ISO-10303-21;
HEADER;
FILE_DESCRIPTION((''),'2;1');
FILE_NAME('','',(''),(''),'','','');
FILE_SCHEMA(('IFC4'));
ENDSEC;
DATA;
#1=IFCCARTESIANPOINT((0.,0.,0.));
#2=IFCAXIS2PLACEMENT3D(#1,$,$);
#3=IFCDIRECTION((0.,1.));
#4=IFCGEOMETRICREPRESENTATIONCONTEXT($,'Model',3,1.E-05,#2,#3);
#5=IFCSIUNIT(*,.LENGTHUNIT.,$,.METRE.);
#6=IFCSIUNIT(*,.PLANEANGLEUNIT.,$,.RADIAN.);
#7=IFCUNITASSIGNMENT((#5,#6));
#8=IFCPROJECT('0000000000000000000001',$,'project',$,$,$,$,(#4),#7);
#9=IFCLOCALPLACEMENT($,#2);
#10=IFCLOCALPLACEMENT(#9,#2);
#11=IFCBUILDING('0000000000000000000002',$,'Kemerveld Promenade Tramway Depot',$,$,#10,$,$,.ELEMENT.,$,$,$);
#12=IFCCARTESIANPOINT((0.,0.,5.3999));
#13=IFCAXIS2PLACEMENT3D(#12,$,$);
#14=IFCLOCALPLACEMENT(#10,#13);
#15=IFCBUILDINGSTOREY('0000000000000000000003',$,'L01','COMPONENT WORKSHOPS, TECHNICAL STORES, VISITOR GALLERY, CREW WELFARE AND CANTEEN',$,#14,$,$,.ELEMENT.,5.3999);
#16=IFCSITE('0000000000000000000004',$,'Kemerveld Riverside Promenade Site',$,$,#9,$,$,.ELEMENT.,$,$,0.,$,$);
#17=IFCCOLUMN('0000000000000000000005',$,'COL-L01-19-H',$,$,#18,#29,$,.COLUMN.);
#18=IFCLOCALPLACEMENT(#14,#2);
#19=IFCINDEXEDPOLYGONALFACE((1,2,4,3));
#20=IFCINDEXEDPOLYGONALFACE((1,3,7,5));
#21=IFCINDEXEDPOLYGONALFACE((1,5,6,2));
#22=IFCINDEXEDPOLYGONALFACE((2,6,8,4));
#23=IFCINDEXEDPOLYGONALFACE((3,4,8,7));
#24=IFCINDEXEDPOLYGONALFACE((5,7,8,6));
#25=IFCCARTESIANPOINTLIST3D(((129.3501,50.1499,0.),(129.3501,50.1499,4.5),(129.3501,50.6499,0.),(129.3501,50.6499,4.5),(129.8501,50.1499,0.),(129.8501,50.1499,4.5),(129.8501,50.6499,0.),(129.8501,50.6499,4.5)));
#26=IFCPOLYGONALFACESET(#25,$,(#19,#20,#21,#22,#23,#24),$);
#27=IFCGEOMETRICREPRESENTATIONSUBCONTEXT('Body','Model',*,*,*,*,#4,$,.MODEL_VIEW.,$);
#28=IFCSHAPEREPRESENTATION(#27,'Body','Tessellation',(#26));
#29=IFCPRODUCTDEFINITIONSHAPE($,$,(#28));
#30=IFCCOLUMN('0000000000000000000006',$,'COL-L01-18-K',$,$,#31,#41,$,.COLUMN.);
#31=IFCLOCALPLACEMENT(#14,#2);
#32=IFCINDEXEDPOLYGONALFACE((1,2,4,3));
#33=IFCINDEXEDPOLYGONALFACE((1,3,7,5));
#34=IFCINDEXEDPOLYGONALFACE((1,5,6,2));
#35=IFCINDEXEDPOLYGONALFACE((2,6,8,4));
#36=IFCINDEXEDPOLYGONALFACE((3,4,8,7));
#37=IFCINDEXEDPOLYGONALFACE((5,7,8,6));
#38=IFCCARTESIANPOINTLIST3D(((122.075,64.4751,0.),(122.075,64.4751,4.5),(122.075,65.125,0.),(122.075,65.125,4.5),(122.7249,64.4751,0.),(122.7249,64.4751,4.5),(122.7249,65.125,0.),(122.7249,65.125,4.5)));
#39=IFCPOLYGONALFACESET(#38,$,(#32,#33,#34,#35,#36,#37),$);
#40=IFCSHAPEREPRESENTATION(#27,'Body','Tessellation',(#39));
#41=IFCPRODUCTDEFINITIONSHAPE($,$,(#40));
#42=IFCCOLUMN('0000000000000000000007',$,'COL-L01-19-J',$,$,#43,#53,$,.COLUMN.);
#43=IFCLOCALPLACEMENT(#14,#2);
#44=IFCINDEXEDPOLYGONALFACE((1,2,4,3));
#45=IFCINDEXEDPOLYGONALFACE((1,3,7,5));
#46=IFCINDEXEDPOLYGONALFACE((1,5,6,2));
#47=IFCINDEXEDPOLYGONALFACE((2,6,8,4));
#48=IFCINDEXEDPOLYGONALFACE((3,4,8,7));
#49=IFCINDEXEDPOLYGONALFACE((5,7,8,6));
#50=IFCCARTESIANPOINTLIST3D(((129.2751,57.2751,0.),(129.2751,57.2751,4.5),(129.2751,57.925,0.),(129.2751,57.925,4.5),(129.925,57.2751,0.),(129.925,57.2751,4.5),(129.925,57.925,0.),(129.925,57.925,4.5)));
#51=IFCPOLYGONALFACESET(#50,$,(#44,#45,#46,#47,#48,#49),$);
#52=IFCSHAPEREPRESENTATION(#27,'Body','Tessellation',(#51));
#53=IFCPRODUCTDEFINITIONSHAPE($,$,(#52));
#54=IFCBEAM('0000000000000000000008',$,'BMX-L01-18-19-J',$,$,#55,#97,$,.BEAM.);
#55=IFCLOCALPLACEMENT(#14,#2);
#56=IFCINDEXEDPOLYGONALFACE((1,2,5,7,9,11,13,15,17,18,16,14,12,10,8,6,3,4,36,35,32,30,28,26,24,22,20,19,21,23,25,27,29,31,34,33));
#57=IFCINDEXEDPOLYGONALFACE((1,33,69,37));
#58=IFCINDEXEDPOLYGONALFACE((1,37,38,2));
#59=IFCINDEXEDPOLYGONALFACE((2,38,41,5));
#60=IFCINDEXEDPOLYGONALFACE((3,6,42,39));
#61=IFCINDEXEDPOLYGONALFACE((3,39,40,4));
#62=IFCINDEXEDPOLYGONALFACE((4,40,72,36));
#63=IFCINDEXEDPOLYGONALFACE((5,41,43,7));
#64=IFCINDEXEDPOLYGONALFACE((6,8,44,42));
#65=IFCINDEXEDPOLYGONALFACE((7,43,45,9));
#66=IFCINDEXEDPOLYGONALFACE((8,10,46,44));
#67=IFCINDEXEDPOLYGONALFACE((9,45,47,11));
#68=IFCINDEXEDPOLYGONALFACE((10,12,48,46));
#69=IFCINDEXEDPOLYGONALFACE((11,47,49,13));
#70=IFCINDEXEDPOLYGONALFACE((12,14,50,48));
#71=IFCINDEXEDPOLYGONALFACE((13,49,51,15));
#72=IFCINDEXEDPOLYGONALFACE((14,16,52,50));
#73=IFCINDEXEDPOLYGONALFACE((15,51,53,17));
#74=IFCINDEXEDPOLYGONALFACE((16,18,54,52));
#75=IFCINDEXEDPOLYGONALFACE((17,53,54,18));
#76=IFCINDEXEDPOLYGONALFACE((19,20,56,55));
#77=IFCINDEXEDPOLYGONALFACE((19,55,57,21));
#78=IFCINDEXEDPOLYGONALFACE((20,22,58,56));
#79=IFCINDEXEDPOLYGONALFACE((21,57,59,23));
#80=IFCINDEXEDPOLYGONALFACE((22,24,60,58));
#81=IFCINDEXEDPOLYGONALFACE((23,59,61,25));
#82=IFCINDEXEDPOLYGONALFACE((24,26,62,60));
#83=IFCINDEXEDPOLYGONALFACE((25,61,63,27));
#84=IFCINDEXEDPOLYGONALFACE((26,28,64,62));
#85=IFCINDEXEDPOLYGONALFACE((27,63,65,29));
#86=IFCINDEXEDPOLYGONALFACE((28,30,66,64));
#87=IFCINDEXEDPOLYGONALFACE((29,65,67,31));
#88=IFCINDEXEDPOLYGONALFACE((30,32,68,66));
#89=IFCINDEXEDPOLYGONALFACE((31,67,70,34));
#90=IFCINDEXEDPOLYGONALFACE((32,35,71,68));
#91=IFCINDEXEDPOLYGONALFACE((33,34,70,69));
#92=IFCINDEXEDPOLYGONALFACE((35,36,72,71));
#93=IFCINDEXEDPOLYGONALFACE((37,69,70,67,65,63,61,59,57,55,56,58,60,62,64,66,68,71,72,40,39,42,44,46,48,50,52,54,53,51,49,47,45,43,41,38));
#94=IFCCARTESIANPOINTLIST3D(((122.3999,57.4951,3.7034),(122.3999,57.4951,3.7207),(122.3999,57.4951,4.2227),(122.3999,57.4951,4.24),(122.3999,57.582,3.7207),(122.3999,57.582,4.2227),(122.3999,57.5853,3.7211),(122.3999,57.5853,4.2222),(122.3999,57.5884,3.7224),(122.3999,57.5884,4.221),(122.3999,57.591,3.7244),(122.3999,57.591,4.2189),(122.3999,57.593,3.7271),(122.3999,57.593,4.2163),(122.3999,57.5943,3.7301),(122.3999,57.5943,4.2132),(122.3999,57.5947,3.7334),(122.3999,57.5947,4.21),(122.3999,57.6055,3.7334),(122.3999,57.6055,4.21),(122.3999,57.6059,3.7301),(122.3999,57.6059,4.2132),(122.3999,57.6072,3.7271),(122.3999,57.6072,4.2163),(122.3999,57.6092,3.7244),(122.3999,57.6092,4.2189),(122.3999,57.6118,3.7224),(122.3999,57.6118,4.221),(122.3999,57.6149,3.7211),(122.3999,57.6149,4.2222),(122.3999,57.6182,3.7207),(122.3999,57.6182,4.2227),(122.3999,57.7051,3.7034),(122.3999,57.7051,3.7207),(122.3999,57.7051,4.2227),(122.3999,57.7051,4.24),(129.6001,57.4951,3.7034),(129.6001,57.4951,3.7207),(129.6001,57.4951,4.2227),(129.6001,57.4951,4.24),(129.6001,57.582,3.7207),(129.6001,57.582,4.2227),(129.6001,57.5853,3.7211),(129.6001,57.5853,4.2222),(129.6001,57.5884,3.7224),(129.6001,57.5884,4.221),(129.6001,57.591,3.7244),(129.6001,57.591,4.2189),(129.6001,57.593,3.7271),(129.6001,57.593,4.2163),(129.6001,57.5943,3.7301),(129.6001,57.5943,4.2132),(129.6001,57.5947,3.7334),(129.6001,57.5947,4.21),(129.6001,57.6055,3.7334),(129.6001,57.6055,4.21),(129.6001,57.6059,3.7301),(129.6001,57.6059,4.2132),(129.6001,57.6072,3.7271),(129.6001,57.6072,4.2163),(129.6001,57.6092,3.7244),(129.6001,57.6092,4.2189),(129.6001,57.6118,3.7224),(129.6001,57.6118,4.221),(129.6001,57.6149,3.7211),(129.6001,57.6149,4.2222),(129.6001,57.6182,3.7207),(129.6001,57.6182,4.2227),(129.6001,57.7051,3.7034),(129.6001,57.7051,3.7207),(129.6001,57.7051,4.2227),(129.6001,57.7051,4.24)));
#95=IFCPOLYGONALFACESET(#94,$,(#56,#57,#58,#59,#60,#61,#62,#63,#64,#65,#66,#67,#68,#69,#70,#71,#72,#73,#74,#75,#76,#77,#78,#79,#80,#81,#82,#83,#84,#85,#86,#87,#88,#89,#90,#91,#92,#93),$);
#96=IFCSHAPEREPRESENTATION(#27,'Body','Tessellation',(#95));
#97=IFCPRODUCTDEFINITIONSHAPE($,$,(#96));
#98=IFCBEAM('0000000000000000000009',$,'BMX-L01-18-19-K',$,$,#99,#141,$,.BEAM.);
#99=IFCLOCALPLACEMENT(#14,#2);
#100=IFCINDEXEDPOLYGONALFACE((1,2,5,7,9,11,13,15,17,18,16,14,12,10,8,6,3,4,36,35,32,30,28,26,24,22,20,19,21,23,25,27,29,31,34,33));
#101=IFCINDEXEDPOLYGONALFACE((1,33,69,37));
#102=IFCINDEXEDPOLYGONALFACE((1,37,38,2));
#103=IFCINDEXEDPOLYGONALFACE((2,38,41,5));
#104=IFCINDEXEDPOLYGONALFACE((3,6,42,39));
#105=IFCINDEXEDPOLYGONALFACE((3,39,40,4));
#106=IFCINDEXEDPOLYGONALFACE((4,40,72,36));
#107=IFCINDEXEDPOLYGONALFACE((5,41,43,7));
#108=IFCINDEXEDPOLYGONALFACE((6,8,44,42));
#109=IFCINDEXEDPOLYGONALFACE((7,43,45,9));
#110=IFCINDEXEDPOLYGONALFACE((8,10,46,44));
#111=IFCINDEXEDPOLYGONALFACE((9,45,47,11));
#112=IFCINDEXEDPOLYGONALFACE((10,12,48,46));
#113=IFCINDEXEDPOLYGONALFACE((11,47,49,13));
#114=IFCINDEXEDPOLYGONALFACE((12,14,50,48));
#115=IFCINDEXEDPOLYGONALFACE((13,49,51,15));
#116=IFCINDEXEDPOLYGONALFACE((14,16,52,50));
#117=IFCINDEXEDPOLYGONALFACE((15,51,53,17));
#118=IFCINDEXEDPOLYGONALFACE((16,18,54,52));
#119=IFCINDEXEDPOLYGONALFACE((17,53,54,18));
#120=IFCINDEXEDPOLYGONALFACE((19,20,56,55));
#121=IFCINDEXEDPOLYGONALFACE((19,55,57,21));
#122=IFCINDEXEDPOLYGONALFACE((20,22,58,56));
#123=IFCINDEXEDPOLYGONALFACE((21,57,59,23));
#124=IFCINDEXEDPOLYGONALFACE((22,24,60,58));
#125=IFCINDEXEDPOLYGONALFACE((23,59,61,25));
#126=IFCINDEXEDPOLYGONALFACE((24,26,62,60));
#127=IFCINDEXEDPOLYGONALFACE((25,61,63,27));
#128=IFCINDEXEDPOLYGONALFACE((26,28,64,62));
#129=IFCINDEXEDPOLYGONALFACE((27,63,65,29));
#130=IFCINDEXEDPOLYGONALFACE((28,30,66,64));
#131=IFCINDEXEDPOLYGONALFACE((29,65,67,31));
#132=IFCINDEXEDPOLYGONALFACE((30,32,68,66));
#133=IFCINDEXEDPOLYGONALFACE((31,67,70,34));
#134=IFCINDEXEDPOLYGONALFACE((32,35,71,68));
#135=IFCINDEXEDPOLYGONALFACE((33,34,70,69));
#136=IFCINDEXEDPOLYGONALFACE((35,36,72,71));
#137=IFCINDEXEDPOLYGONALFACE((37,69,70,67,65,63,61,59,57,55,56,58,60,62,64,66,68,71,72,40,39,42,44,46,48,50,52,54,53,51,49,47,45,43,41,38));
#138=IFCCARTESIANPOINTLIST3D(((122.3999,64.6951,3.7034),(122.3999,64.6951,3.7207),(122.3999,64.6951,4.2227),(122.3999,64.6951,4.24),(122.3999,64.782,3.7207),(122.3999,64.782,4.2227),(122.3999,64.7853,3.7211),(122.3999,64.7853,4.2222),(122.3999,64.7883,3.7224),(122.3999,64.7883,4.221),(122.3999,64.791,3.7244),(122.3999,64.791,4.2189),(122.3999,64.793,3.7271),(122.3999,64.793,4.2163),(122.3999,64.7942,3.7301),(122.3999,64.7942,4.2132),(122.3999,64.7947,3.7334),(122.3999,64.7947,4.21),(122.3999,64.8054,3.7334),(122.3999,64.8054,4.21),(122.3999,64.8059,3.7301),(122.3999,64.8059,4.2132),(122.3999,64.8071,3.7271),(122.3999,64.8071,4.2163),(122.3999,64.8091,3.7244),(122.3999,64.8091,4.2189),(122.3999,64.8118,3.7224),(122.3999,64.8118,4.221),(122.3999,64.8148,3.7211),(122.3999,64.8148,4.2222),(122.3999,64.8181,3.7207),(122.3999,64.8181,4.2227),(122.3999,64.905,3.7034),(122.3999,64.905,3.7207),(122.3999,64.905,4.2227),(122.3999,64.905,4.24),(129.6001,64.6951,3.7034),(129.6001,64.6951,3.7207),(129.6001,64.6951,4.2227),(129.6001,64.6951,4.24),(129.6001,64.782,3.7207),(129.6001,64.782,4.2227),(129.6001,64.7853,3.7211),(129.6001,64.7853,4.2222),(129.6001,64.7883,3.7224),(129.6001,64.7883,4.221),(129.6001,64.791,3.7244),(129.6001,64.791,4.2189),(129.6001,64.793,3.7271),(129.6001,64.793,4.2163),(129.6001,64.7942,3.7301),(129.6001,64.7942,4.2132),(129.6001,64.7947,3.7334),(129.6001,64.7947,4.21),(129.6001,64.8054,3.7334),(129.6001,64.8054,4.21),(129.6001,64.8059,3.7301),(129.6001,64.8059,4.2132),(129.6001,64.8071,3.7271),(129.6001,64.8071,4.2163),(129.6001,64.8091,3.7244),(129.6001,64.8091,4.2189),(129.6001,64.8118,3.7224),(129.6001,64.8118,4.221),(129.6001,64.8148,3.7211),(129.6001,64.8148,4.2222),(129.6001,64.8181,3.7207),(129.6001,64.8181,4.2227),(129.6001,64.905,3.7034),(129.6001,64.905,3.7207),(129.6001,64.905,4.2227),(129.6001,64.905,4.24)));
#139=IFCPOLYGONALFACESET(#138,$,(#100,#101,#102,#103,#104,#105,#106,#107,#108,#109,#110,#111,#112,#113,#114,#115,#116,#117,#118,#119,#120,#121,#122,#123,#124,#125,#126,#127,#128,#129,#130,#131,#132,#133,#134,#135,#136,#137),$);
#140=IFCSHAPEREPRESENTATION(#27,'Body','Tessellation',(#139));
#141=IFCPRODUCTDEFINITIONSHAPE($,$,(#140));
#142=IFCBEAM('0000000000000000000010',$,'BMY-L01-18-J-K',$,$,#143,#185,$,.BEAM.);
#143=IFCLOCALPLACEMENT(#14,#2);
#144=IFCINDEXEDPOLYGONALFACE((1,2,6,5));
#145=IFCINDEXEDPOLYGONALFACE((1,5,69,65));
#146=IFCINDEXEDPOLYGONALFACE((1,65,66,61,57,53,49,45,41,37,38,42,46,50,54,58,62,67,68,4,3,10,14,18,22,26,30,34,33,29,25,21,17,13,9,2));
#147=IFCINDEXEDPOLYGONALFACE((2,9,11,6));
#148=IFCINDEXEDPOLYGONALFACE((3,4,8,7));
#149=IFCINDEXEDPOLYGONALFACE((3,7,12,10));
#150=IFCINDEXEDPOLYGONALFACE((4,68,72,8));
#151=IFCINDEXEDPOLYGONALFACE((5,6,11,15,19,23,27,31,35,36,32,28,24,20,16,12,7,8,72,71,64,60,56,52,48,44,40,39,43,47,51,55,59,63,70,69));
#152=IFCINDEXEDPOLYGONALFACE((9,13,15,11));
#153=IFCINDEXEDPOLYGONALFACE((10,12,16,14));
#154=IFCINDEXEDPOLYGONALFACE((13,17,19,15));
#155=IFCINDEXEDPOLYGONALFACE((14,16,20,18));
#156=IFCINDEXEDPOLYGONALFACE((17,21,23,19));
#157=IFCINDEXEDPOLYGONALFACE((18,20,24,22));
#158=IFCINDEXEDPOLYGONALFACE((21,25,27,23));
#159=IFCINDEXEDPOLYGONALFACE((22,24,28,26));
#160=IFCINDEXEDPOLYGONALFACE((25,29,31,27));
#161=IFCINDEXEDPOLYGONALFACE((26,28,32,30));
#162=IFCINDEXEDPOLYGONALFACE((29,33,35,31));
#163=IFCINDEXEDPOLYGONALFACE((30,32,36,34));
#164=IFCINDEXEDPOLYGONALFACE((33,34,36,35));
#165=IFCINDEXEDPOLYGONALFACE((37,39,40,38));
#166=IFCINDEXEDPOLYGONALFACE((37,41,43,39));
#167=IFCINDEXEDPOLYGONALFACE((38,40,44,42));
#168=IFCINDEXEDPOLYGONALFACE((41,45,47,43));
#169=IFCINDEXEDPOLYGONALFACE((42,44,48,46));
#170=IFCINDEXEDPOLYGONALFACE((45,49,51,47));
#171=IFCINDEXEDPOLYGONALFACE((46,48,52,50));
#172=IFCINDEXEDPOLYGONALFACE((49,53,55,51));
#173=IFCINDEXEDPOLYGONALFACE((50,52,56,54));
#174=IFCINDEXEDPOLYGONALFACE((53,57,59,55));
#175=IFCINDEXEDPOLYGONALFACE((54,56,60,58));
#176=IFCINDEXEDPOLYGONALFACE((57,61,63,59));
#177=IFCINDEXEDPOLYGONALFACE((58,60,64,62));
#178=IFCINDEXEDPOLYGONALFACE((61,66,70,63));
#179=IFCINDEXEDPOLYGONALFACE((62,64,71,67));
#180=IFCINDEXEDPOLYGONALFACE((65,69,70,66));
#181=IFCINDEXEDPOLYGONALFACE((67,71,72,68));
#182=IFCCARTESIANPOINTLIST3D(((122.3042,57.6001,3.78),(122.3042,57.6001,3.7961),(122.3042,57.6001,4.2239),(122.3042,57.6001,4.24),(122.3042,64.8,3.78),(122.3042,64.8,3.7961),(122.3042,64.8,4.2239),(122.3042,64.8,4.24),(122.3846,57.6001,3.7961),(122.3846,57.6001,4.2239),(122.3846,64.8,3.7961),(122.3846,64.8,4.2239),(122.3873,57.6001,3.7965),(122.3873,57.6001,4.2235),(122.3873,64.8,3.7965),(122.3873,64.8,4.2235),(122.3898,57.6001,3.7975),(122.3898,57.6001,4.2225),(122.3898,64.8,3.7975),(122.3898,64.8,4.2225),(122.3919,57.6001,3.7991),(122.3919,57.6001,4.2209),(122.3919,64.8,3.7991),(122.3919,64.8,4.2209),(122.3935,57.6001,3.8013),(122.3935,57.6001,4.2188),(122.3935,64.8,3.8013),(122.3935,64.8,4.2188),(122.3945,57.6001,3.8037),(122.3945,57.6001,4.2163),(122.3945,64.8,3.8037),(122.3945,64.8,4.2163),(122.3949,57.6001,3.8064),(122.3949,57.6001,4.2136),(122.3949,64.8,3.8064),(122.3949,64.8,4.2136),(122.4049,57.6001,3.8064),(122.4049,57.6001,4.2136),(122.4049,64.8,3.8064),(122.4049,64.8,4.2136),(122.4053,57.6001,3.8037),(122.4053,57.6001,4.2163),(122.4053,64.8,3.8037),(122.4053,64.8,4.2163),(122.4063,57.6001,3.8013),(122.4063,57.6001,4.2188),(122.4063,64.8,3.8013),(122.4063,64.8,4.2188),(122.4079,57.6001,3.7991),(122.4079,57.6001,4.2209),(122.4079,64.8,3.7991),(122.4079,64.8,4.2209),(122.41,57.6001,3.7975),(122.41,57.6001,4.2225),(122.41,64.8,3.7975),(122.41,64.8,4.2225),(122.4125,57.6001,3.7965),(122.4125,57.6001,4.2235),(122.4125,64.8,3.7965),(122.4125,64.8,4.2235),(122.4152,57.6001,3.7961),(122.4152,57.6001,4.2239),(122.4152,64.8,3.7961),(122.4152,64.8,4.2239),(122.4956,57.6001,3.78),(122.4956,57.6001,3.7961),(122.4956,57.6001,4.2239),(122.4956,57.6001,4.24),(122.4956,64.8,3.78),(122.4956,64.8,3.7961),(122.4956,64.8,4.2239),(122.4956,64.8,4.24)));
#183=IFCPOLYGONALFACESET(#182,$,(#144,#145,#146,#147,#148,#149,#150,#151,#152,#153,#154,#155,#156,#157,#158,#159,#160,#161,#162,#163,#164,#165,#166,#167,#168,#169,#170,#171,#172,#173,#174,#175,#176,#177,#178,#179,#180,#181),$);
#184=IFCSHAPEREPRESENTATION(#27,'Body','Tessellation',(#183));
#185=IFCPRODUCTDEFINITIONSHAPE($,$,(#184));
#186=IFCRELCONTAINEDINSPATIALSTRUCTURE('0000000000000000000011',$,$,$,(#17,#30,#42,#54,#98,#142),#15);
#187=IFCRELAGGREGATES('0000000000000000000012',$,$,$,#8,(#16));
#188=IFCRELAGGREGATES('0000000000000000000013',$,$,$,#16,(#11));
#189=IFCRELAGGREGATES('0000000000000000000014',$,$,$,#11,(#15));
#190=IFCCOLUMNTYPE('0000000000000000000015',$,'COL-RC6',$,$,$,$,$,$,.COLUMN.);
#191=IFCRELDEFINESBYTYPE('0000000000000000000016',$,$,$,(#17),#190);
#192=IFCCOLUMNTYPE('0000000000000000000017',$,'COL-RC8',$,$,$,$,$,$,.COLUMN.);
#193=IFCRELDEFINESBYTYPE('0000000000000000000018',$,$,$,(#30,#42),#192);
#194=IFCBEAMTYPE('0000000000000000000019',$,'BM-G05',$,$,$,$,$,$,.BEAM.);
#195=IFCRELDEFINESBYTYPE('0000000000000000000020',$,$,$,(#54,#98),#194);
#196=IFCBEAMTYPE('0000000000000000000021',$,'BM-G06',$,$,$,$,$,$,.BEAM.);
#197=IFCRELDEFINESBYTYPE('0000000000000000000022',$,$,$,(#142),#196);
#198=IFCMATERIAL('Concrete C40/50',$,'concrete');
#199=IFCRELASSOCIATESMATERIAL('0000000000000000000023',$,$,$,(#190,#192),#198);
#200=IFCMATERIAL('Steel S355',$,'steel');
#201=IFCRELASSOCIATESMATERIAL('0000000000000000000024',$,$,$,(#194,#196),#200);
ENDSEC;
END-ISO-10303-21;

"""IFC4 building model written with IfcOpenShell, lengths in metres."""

from ifc_helpers import new_model, si_unit, direction, frame, origin, origin_2d, place, context, subcontext, project, spatial, rectangle, i_section, extrude, material, material_profile, profile_set, type_object, element, save


model = new_model("IFC4")

# Units and contexts
model_context = context("Model", 3, precision=1e-05, world=origin(), true_north=direction((0.0, 1.0)))
body_context = subcontext(model_context, "Body", "Model", "MODEL_VIEW")
ifc_project = project(units=[si_unit("LENGTHUNIT", "METRE"), si_unit("PLANEANGLEUNIT", "RADIAN")], contexts=[model_context])

# Site, building, storey
site_placement = place(None, origin())
site = spatial("IfcSite", under=ifc_project, at=site_placement, Name="Kemerveld Riverside Promenade Site", CompositionType="ELEMENT", RefElevation=0.0)
building_placement = place(site_placement, origin())
building = spatial("IfcBuilding", under=site, at=building_placement, Name="Kemerveld Promenade Tramway Depot", CompositionType="ELEMENT")
storey_placement = place(building_placement, frame((0.0, 0.0, 5.3999)))
storey = spatial("IfcBuildingStorey", under=building, at=storey_placement, Name="L01", Description="COMPONENT WORKSHOPS, TECHNICAL STORES, VISITOR GALLERY, CREW WELFARE AND CANTEEN", CompositionType="ELEMENT", Elevation=5.3999)

# Columns
ifc_material_1 = material(Name="Concrete C40/50", Category="concrete")
ifc_material_profile_1 = material_profile(ifc_material_1, rectangle(XDim=0.5, YDim=0.5, at=origin_2d()), Name="RC-COL-500x500")
ifc_profile_set_1 = profile_set([ifc_material_profile_1], Name="Concrete C40/50")
column_type_1 = type_object("IfcColumnType", Name="COL-RC6", PredefinedType="COLUMN", material=ifc_profile_set_1)
column_placement = place(storey_placement, frame((129.6001, 50.3999, 0.0), z_axis=(0.0, 0.0, 1.0), x_axis=(1.0, 0.0, 0.0)))
element("IfcColumn", 1, at=column_placement, inside=storey, type_object=column_type_1, Name="COL-L01-19-H", PredefinedType="COLUMN", context=body_context, shape_type="SweptSolid", body=[
    extrude(rectangle(XDim=0.5, YDim=0.5, at=origin_2d()), origin(), (0.0, 0.0, 1.0), 4.5),
])
ifc_material_profile_2 = material_profile(ifc_material_1, rectangle(XDim=0.6499, YDim=0.6499, at=origin_2d()), Name="RC-COL-650x650")
ifc_profile_set_2 = profile_set([ifc_material_profile_2], Name="Concrete C40/50")
column_type_2 = type_object("IfcColumnType", Name="COL-RC8", PredefinedType="COLUMN", material=ifc_profile_set_2)
for number, where, z_axis, x_axis, name in (
    (2, (122.3999, 64.8, 0.0), (0.0, 0.0, 1.0), (1.0, 0.0, 0.0), "COL-L01-18-K"),
    (3, (129.6001, 57.6001, 0.0), (0.0, 0.0, 1.0), (1.0, 0.0, 0.0), "COL-L01-19-J"),
):
    element("IfcColumn", number, at=place(storey_placement, frame(where, z_axis=z_axis, x_axis=x_axis)), inside=storey, type_object=column_type_2, Name=name, PredefinedType="COLUMN", context=body_context, shape_type="SweptSolid", body=[
        extrude(rectangle(XDim=0.6499, YDim=0.6499, at=origin_2d()), origin(), (0.0, 0.0, 1.0), 4.5),
    ])

# Beams
ifc_material_2 = material(Name="Steel S355", Category="steel")
ifc_material_profile_3 = material_profile(ifc_material_2, i_section(OverallWidth=0.21, OverallDepth=0.5366, WebThickness=0.0107, FlangeThickness=0.0173, FilletRadius=0.0127, at=origin_2d()), Name="533x210x101 UB")
ifc_profile_set_3 = profile_set([ifc_material_profile_3], Name="Steel S355")
beam_type_1 = type_object("IfcBeamType", Name="BM-G05", PredefinedType="BEAM", material=ifc_profile_set_3)
for number, where, z_axis, x_axis, name in (
    (4, (122.3999, 57.6001, 3.9717), (1.0, 0.0, 0.0), (0.0, 1.0, 0.0), "BMX-L01-18-19-J"),
    (5, (122.3999, 64.8, 3.9717), (1.0, 0.0, 0.0), (0.0, 1.0, 0.0), "BMX-L01-18-19-K"),
):
    element("IfcBeam", number, at=place(storey_placement, frame(where, z_axis=z_axis, x_axis=x_axis)), inside=storey, type_object=beam_type_1, Name=name, PredefinedType="BEAM", context=body_context, shape_type="SweptSolid", body=[
        extrude(i_section(OverallWidth=0.21, OverallDepth=0.5366, WebThickness=0.0107, FlangeThickness=0.0173, FilletRadius=0.0127, at=origin_2d()), origin(), (0.0, 0.0, 1.0), 7.2002),
    ])
ifc_material_profile_4 = material_profile(ifc_material_2, i_section(OverallWidth=0.1914, OverallDepth=0.46, WebThickness=0.01, FlangeThickness=0.0161, FilletRadius=0.0103, at=origin_2d()), Name="457x191x82 UB")
ifc_profile_set_4 = profile_set([ifc_material_profile_4], Name="Steel S355")
beam_type_2 = type_object("IfcBeamType", Name="BM-G06", PredefinedType="BEAM", material=ifc_profile_set_4)
for number, where, z_axis, x_axis, name in (
    (6, (122.3999, 57.6001, 4.01), (0.0, 1.0, 0.0), (-1.0, 0.0, 0.0), "BMY-L01-18-J-K"),
):
    element("IfcBeam", number, at=place(storey_placement, frame(where, z_axis=z_axis, x_axis=x_axis)), inside=storey, type_object=beam_type_2, Name=name, PredefinedType="BEAM", context=body_context, shape_type="SweptSolid", body=[
        extrude(i_section(OverallWidth=0.1914, OverallDepth=0.46, WebThickness=0.01, FlangeThickness=0.0161, FilletRadius=0.0103, at=origin_2d()), origin(), (0.0, 0.0, 1.0), 7.2),
    ])

save(model, "model.ifc")
